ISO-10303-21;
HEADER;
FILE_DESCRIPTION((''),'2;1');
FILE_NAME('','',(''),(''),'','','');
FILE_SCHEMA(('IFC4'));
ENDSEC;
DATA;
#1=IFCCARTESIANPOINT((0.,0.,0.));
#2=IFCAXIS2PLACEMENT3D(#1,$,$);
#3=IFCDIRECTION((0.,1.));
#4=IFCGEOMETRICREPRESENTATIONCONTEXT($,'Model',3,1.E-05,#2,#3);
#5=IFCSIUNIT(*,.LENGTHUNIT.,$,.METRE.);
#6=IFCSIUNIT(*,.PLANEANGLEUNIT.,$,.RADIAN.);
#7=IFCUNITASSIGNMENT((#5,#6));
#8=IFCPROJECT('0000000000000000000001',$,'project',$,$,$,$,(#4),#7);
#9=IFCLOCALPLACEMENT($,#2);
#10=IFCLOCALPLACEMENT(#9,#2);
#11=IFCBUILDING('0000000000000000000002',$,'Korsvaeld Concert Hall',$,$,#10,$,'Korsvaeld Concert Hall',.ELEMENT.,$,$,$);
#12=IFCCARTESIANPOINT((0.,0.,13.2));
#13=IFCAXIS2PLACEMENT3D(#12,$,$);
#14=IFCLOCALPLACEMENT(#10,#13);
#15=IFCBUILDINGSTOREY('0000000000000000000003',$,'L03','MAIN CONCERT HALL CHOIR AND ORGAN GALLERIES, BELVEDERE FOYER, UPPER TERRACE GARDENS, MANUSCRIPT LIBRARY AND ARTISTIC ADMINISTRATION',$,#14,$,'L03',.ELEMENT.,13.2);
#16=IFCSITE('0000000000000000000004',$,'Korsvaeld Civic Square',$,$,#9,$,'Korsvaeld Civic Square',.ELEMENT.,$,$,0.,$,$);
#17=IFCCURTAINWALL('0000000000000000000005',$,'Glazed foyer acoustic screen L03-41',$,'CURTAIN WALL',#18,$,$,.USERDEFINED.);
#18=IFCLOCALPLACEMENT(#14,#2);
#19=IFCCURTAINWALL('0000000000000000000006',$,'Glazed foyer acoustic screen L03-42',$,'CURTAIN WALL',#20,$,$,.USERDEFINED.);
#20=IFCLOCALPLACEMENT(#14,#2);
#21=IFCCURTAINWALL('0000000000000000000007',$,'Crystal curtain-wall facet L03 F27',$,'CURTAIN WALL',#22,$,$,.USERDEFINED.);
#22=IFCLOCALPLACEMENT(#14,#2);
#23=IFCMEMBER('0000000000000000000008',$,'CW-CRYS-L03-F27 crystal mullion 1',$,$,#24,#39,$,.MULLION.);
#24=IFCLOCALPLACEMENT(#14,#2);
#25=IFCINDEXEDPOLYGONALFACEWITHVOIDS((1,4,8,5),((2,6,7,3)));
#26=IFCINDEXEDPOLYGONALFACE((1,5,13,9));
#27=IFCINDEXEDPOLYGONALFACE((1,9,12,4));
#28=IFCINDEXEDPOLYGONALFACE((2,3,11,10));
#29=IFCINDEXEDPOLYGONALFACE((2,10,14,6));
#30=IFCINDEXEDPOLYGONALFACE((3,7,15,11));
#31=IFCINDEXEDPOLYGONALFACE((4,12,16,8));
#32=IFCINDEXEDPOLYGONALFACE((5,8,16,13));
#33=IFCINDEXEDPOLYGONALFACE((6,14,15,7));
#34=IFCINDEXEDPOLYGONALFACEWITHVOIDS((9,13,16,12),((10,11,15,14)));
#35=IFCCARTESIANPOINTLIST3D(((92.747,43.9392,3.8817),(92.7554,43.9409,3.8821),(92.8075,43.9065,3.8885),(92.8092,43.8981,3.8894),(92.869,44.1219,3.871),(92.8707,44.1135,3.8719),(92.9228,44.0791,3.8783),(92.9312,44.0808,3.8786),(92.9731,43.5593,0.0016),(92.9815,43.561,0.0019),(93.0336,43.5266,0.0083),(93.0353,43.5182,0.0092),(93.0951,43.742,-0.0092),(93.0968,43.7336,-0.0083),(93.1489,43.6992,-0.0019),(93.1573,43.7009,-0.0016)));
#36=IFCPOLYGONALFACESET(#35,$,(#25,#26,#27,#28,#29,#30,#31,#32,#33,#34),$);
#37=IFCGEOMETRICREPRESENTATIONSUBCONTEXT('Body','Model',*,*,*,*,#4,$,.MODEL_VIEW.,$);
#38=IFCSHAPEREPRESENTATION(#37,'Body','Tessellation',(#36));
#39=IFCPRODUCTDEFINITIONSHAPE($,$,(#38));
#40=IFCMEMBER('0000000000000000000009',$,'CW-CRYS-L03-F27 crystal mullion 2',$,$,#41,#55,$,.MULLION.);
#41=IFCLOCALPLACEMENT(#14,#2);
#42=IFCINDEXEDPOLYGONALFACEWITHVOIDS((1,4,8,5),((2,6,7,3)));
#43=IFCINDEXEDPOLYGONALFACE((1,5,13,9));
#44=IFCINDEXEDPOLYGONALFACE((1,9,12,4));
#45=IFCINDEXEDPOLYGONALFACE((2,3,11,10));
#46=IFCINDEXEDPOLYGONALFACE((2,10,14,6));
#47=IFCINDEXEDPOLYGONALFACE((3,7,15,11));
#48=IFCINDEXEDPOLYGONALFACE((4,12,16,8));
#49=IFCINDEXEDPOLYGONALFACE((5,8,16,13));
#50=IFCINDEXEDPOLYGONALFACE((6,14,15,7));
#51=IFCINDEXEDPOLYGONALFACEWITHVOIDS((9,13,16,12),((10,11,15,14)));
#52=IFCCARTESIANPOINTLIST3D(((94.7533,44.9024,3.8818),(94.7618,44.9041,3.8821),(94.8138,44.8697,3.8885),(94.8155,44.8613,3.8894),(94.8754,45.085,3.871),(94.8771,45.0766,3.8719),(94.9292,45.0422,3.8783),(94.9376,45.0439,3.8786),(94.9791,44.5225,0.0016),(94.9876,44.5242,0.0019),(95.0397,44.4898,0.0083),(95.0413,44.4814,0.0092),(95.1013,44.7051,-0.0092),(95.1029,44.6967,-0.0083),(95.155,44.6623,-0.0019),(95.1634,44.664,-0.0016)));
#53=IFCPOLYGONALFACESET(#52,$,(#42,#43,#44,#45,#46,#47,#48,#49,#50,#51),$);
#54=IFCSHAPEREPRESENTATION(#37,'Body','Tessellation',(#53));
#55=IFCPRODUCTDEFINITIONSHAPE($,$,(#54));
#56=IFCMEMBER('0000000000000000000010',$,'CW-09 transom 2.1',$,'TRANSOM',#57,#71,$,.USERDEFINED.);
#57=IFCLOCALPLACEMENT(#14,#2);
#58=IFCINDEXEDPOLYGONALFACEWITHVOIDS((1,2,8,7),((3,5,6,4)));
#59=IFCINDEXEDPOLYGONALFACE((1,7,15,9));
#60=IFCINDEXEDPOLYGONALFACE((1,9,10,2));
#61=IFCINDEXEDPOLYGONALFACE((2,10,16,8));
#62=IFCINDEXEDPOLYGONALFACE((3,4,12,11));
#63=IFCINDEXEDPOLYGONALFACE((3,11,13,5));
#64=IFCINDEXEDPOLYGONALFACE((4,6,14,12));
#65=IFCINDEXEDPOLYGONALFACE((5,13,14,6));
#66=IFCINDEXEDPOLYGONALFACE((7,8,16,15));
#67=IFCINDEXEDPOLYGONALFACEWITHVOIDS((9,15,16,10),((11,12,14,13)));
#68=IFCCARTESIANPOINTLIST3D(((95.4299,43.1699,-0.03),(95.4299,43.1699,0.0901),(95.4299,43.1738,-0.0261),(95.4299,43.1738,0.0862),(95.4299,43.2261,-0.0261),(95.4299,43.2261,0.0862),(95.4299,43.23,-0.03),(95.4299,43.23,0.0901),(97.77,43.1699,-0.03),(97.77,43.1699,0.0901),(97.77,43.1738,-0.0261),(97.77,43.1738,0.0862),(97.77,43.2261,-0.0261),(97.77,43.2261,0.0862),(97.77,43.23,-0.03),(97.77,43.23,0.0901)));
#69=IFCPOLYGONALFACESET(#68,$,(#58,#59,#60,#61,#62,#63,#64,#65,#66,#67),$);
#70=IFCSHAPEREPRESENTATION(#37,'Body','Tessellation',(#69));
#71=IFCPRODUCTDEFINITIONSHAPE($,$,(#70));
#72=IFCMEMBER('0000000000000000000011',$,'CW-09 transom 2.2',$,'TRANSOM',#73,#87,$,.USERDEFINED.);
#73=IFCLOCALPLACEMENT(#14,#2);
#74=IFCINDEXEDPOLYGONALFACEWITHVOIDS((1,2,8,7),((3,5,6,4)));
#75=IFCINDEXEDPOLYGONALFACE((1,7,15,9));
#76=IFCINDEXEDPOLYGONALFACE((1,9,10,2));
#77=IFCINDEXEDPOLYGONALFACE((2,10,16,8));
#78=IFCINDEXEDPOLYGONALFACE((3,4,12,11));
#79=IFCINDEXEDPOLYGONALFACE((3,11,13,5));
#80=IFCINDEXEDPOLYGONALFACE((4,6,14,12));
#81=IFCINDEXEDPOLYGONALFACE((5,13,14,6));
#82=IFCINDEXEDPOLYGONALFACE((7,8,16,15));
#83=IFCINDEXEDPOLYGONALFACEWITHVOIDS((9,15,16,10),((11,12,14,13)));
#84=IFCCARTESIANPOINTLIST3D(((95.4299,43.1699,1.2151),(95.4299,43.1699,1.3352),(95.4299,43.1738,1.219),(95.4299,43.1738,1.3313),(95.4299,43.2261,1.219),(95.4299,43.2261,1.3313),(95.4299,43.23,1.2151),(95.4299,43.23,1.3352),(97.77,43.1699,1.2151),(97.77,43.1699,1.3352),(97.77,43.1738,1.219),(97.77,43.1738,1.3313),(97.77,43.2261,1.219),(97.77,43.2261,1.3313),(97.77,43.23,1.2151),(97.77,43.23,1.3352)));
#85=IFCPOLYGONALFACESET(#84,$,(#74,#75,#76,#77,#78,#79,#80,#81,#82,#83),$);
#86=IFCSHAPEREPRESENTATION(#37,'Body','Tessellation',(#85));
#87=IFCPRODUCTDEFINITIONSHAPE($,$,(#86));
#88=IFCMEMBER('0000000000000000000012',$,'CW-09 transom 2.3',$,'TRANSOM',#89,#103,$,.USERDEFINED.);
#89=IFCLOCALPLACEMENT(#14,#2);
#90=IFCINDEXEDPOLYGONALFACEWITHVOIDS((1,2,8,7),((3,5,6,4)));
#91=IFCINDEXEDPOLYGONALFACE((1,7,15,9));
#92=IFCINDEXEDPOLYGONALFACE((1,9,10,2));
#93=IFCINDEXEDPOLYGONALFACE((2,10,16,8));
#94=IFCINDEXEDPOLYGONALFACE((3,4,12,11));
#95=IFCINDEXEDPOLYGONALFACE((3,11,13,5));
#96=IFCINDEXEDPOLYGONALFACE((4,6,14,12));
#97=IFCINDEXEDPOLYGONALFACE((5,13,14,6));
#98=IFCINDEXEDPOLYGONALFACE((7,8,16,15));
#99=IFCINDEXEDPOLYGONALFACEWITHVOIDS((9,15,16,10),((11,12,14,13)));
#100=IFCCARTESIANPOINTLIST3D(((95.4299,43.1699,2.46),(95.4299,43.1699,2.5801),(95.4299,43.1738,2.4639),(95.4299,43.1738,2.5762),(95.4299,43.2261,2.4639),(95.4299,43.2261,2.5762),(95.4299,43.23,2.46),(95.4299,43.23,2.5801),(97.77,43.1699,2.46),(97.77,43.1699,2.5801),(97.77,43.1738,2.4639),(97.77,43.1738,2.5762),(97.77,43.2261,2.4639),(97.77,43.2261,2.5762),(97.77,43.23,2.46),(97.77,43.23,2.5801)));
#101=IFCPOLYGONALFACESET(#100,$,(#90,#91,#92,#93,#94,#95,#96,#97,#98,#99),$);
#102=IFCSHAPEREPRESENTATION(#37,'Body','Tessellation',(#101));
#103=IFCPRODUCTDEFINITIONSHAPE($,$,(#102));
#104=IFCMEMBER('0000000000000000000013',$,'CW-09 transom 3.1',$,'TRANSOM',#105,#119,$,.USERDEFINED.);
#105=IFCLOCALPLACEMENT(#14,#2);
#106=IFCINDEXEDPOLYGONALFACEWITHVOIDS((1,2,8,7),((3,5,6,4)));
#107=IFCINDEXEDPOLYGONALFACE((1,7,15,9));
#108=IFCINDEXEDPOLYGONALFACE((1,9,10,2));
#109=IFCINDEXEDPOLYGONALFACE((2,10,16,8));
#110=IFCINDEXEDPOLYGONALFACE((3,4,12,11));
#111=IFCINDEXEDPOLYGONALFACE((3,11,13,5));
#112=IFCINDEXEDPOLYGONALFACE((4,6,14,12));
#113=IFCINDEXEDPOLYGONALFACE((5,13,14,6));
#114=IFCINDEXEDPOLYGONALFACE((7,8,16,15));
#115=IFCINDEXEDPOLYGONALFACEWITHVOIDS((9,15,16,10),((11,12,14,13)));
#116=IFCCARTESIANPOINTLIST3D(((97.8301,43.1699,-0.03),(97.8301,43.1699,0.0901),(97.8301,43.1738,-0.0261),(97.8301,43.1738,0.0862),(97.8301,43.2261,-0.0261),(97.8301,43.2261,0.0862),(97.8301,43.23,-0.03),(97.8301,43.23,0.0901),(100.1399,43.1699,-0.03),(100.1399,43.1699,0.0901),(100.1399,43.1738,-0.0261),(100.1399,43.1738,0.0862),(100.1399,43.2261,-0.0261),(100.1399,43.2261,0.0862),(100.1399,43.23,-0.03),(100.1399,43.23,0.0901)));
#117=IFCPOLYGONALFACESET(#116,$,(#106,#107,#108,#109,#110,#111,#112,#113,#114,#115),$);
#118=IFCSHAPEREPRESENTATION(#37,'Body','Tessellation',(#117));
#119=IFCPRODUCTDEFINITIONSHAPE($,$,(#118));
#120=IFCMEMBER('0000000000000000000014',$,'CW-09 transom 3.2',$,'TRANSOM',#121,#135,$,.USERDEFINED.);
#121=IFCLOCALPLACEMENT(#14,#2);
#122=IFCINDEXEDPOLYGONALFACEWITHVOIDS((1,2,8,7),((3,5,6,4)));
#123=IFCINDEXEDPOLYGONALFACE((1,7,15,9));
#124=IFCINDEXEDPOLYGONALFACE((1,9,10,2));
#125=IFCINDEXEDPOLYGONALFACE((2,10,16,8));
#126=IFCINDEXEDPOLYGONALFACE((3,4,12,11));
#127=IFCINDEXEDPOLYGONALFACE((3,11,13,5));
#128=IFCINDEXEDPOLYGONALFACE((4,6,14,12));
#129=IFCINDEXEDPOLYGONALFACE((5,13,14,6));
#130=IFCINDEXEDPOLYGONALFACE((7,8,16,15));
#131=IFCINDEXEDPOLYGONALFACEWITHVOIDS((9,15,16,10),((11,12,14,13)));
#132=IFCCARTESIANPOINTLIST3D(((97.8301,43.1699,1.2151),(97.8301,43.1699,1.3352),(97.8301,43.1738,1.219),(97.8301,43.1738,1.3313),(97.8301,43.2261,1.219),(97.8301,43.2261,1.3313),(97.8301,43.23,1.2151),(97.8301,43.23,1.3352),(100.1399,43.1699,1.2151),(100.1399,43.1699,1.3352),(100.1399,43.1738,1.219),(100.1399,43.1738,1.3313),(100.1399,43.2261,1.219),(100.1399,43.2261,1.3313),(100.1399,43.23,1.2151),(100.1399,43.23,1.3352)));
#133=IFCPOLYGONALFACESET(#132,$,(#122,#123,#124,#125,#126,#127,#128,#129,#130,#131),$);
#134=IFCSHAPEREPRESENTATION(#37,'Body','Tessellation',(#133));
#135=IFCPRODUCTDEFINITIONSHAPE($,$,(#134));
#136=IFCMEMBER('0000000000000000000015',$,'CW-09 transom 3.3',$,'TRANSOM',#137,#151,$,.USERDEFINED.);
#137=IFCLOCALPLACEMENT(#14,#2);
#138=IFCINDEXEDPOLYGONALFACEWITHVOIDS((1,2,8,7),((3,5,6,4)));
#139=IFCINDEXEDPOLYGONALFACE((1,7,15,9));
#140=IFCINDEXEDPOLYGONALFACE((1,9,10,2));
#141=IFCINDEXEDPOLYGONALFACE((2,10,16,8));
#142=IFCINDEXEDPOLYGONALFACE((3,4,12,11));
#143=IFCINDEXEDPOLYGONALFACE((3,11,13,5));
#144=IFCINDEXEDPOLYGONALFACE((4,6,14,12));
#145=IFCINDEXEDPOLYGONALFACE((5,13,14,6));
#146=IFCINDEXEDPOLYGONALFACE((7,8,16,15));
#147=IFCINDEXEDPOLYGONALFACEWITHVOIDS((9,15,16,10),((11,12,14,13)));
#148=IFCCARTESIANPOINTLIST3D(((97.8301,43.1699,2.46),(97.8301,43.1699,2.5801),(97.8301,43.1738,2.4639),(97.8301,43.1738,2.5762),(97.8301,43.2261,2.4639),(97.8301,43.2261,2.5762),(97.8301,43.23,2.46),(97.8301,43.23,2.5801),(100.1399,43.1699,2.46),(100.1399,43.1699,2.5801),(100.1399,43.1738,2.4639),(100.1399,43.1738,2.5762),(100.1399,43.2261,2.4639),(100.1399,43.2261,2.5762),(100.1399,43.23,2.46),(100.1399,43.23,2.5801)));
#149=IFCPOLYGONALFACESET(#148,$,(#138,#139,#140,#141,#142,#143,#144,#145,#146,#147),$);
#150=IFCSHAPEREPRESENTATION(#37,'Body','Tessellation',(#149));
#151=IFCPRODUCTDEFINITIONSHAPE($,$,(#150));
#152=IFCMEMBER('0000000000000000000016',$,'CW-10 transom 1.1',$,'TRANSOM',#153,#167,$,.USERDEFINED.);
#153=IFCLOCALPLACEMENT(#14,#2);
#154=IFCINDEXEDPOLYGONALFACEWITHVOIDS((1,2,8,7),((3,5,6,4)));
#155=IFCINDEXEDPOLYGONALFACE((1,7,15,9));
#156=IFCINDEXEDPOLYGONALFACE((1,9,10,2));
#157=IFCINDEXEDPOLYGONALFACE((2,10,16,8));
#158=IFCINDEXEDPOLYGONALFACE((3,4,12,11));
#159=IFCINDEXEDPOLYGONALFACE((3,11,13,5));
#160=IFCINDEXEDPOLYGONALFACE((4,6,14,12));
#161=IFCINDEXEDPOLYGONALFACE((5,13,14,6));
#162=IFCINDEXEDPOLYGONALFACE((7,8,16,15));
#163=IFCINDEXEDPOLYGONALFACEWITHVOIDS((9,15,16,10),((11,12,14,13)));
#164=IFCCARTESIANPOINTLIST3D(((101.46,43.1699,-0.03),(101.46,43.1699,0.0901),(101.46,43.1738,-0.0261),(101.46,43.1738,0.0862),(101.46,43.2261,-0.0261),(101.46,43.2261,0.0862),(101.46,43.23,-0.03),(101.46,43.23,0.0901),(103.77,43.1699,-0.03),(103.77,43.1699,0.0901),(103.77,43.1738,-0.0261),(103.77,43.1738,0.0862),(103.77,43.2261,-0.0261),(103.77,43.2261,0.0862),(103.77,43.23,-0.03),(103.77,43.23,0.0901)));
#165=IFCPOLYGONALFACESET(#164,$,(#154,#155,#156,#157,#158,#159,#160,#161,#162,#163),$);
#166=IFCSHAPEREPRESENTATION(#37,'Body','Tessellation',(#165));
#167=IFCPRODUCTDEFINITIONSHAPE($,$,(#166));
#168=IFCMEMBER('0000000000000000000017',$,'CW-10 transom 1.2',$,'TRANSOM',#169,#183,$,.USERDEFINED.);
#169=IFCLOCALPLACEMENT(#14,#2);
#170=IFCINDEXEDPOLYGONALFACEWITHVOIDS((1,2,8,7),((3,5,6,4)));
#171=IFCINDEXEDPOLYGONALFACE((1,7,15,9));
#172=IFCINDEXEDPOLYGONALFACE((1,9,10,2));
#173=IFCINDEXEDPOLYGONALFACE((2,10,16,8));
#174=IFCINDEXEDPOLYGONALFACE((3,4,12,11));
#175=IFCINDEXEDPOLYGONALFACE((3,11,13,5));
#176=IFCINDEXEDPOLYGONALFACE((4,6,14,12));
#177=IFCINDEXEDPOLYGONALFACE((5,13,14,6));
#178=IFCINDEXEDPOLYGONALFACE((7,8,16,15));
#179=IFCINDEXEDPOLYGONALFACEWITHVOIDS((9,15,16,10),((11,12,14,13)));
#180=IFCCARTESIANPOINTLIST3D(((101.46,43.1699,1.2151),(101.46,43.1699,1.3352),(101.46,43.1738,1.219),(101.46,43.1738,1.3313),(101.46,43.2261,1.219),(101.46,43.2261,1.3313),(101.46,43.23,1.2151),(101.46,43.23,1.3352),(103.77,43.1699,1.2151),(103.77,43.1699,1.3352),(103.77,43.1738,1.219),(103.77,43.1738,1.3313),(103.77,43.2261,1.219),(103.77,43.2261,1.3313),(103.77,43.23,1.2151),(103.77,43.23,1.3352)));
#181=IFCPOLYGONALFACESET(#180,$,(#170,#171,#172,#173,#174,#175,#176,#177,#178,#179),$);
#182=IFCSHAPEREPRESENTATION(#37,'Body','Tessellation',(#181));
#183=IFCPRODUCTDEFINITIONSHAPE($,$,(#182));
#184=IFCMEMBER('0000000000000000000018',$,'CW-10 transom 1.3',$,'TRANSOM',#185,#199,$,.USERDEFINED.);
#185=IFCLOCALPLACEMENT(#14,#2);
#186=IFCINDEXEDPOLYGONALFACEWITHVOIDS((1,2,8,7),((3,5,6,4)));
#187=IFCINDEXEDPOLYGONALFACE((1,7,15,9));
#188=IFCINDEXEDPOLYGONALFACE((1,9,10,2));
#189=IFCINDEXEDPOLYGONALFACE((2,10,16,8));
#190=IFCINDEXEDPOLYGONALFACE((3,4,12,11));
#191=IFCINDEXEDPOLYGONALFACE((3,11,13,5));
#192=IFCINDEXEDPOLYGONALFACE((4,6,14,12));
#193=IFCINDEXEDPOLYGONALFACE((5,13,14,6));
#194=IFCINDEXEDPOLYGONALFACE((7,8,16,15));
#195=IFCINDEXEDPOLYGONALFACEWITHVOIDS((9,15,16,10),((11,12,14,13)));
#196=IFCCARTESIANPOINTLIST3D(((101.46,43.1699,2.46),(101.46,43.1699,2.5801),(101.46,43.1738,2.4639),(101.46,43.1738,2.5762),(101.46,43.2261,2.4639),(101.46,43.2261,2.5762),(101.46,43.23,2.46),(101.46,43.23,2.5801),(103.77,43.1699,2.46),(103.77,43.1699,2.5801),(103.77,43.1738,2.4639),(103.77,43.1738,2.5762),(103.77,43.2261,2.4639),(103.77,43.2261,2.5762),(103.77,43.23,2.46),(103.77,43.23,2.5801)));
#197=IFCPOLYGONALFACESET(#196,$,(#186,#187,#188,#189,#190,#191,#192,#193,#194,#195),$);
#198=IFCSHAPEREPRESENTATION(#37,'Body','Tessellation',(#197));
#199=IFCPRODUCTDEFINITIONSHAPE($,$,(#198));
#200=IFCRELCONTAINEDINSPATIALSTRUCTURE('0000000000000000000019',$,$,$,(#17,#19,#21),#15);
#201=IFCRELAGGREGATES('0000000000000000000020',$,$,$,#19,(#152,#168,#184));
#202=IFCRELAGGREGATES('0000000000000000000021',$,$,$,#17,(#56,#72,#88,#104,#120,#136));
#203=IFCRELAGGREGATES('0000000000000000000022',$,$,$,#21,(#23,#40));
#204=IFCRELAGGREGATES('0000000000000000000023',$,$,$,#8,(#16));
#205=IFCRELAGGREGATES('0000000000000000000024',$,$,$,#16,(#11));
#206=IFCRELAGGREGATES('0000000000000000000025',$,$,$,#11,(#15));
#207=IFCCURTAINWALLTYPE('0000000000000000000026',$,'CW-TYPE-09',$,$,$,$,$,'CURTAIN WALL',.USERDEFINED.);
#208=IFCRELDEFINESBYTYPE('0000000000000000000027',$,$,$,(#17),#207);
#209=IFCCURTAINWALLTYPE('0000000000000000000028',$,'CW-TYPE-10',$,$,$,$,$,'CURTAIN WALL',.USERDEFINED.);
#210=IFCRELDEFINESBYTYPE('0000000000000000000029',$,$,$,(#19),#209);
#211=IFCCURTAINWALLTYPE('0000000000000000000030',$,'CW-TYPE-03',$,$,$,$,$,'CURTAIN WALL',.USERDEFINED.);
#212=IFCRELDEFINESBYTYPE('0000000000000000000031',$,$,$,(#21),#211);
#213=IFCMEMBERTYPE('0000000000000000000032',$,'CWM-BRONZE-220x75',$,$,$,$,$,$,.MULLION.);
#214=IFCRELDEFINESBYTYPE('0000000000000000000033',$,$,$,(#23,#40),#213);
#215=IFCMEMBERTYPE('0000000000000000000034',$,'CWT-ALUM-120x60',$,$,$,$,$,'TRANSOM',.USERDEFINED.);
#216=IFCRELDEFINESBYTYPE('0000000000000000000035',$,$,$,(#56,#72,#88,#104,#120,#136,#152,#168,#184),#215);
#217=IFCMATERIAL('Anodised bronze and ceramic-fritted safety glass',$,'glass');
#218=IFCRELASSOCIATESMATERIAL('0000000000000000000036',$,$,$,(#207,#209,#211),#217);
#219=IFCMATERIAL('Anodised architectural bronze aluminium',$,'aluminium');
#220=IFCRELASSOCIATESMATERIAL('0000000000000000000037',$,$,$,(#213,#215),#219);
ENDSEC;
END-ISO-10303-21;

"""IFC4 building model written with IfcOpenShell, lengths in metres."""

from ifc_helpers import new_model, si_unit, direction, frame, origin, origin_2d, place, context, subcontext, project, spatial, hollow_rectangle, extrude, material, material_profile, profile_set, type_object, element, aggregate, save


model = new_model("IFC4")

# Units and contexts
model_context = context("Model", 3, precision=1e-05, world=origin(), true_north=direction((0.0, 1.0)))
body_context = subcontext(model_context, "Body", "Model", "MODEL_VIEW")
ifc_project = project(units=[si_unit("LENGTHUNIT", "METRE"), si_unit("PLANEANGLEUNIT", "RADIAN")], contexts=[model_context])

# Site, building, storey
site_placement = place(None, origin())
site = spatial("IfcSite", under=ifc_project, at=site_placement, Name="Korsvaeld Civic Square", LongName="Korsvaeld Civic Square", CompositionType="ELEMENT", RefElevation=0.0)
building_placement = place(site_placement, origin())
building = spatial("IfcBuilding", under=site, at=building_placement, Name="Korsvaeld Concert Hall", LongName="Korsvaeld Concert Hall", CompositionType="ELEMENT")
storey_placement = place(building_placement, frame((0.0, 0.0, 13.2)))
storey = spatial("IfcBuildingStorey", under=building, at=storey_placement, Name="L03", Description="MAIN CONCERT HALL CHOIR AND ORGAN GALLERIES, BELVEDERE FOYER, UPPER TERRACE GARDENS, MANUSCRIPT LIBRARY AND ARTISTIC ADMINISTRATION", LongName="L03", CompositionType="ELEMENT", Elevation=13.2)

# Curtain wall
ifc_material_1 = material(Name="Anodised bronze and ceramic-fritted safety glass", Category="glass")
curtain_wall_type_1 = type_object("IfcCurtainWallType", Name="CW-TYPE-09", ElementType="CURTAIN WALL", PredefinedType="USERDEFINED", material=ifc_material_1)
curtain_wall_1_placement = place(storey_placement, origin())
curtain_wall_1 = element("IfcCurtainWall", 1, at=curtain_wall_1_placement, inside=storey, type_object=curtain_wall_type_1, Name="Glazed foyer acoustic screen L03-41", ObjectType="CURTAIN WALL", PredefinedType="USERDEFINED")
ifc_material_2 = material(Name="Anodised architectural bronze aluminium", Category="aluminium")

# Curtain wall
curtain_wall_type_2 = type_object("IfcCurtainWallType", Name="CW-TYPE-10", ElementType="CURTAIN WALL", PredefinedType="USERDEFINED", material=ifc_material_1)
curtain_wall_2_placement = place(storey_placement, origin())
curtain_wall_2 = element("IfcCurtainWall", 2, at=curtain_wall_2_placement, inside=storey, type_object=curtain_wall_type_2, Name="Glazed foyer acoustic screen L03-42", ObjectType="CURTAIN WALL", PredefinedType="USERDEFINED")

# Curtain wall, members
curtain_wall_type_3 = type_object("IfcCurtainWallType", Name="CW-TYPE-03", ElementType="CURTAIN WALL", PredefinedType="USERDEFINED", material=ifc_material_1)
curtain_wall_3_placement = place(storey_placement, origin())
curtain_wall_3 = element("IfcCurtainWall", 3, at=curtain_wall_3_placement, inside=storey, type_object=curtain_wall_type_3, Name="Crystal curtain-wall facet L03 F27", ObjectType="CURTAIN WALL", PredefinedType="USERDEFINED")
ifc_material_profile_1 = material_profile(ifc_material_2, hollow_rectangle(XDim=0.075, YDim=0.22, WallThickness=0.0061, at=origin_2d()), Name="CWM 220x75x6")
ifc_profile_set_1 = profile_set([ifc_material_profile_1], Name="Anodised architectural bronze aluminium")
member_type_1 = type_object("IfcMemberType", Name="CWM-BRONZE-220x75", PredefinedType="MULLION", material=ifc_profile_set_1)
member_1_placement = place(storey_placement, frame((93.0652, 43.6301, 0.0), z_axis=(-0.05789, 0.097275, 0.993572), x_axis=(0.83, -0.54835, 0.102046)))
member_1 = element("IfcMember", 4, at=member_1_placement, type_object=member_type_1, Name="CW-CRYS-L03-F27 crystal mullion 1", PredefinedType="MULLION", context=body_context, shape_type="SweptSolid", body=[
    extrude(hollow_rectangle(XDim=0.075, YDim=0.22, WallThickness=0.0061, at=origin_2d()), origin(), (0.0, 0.0, 1.0), 3.9053),
])
member_2_placement = place(storey_placement, frame((95.0713, 44.5933, 0.0), z_axis=(-0.057828, 0.097276, 0.993576), x_axis=(0.829741, -0.548747, 0.102017)))
member_2 = element("IfcMember", 5, at=member_2_placement, type_object=member_type_1, Name="CW-CRYS-L03-F27 crystal mullion 2", PredefinedType="MULLION", context=body_context, shape_type="SweptSolid", body=[
    extrude(hollow_rectangle(XDim=0.075, YDim=0.22, WallThickness=0.0061, at=origin_2d()), origin(), (0.0, 0.0, 1.0), 3.9053),
])

# Members
ifc_material_profile_2 = material_profile(ifc_material_2, hollow_rectangle(XDim=0.0601, YDim=0.1201, WallThickness=0.0039, at=origin_2d()), Name="CWT 120x60x4")
ifc_profile_set_2 = profile_set([ifc_material_profile_2], Name="Anodised architectural bronze aluminium")
member_type_2 = type_object("IfcMemberType", Name="CWT-ALUM-120x60", ElementType="TRANSOM", PredefinedType="USERDEFINED", material=ifc_profile_set_2)
member_3_placement = place(storey_placement, frame((95.4299, 43.2, 0.03), z_axis=(1.0, 0.0, 0.0), x_axis=(0.0, 1.0, 0.0)))
member_3 = element("IfcMember", 6, at=member_3_placement, type_object=member_type_2, Name="CW-09 transom 2.1", ObjectType="TRANSOM", PredefinedType="USERDEFINED", context=body_context, shape_type="SweptSolid", body=[
    extrude(hollow_rectangle(XDim=0.0601, YDim=0.1201, WallThickness=0.0039, at=origin_2d()), origin(), (0.0, 0.0, 1.0), 2.3401),
])
member_4_placement = place(storey_placement, frame((95.4299, 43.2, 1.2751), z_axis=(1.0, 0.0, 0.0), x_axis=(0.0, 1.0, 0.0)))
member_4 = element("IfcMember", 7, at=member_4_placement, type_object=member_type_2, Name="CW-09 transom 2.2", ObjectType="TRANSOM", PredefinedType="USERDEFINED", context=body_context, shape_type="SweptSolid", body=[
    extrude(hollow_rectangle(XDim=0.0601, YDim=0.1201, WallThickness=0.0039, at=origin_2d()), origin(), (0.0, 0.0, 1.0), 2.3401),
])
member_5_placement = place(storey_placement, frame((95.4299, 43.2, 2.52), z_axis=(1.0, 0.0, 0.0), x_axis=(0.0, 1.0, 0.0)))
member_5 = element("IfcMember", 8, at=member_5_placement, type_object=member_type_2, Name="CW-09 transom 2.3", ObjectType="TRANSOM", PredefinedType="USERDEFINED", context=body_context, shape_type="SweptSolid", body=[
    extrude(hollow_rectangle(XDim=0.0601, YDim=0.1201, WallThickness=0.0039, at=origin_2d()), origin(), (0.0, 0.0, 1.0), 2.3401),
])
member_6_placement = place(storey_placement, frame((97.8301, 43.2, 0.03), z_axis=(1.0, 0.0, 0.0), x_axis=(0.0, 1.0, 0.0)))
member_6 = element("IfcMember", 9, at=member_6_placement, type_object=member_type_2, Name="CW-09 transom 3.1", ObjectType="TRANSOM", PredefinedType="USERDEFINED", context=body_context, shape_type="SweptSolid", body=[
    extrude(hollow_rectangle(XDim=0.0601, YDim=0.1201, WallThickness=0.0039, at=origin_2d()), origin(), (0.0, 0.0, 1.0), 2.3098),
])
member_7_placement = place(storey_placement, frame((97.8301, 43.2, 1.2751), z_axis=(1.0, 0.0, 0.0), x_axis=(0.0, 1.0, 0.0)))
member_7 = element("IfcMember", 10, at=member_7_placement, type_object=member_type_2, Name="CW-09 transom 3.2", ObjectType="TRANSOM", PredefinedType="USERDEFINED", context=body_context, shape_type="SweptSolid", body=[
    extrude(hollow_rectangle(XDim=0.0601, YDim=0.1201, WallThickness=0.0039, at=origin_2d()), origin(), (0.0, 0.0, 1.0), 2.3098),
])
member_8_placement = place(storey_placement, frame((97.8301, 43.2, 2.52), z_axis=(1.0, 0.0, 0.0), x_axis=(0.0, 1.0, 0.0)))
member_8 = element("IfcMember", 11, at=member_8_placement, type_object=member_type_2, Name="CW-09 transom 3.3", ObjectType="TRANSOM", PredefinedType="USERDEFINED", context=body_context, shape_type="SweptSolid", body=[
    extrude(hollow_rectangle(XDim=0.0601, YDim=0.1201, WallThickness=0.0039, at=origin_2d()), origin(), (0.0, 0.0, 1.0), 2.3098),
])
member_9_placement = place(storey_placement, frame((101.46, 43.2, 0.03), z_axis=(1.0, 0.0, 0.0), x_axis=(0.0, 1.0, 0.0)))
member_9 = element("IfcMember", 12, at=member_9_placement, type_object=member_type_2, Name="CW-10 transom 1.1", ObjectType="TRANSOM", PredefinedType="USERDEFINED", context=body_context, shape_type="SweptSolid", body=[
    extrude(hollow_rectangle(XDim=0.0601, YDim=0.1201, WallThickness=0.0039, at=origin_2d()), origin(), (0.0, 0.0, 1.0), 2.3101),
])
member_10_placement = place(storey_placement, frame((101.46, 43.2, 1.2751), z_axis=(1.0, 0.0, 0.0), x_axis=(0.0, 1.0, 0.0)))
member_10 = element("IfcMember", 13, at=member_10_placement, type_object=member_type_2, Name="CW-10 transom 1.2", ObjectType="TRANSOM", PredefinedType="USERDEFINED", context=body_context, shape_type="SweptSolid", body=[
    extrude(hollow_rectangle(XDim=0.0601, YDim=0.1201, WallThickness=0.0039, at=origin_2d()), origin(), (0.0, 0.0, 1.0), 2.3101),
])
member_11_placement = place(storey_placement, frame((101.46, 43.2, 2.52), z_axis=(1.0, 0.0, 0.0), x_axis=(0.0, 1.0, 0.0)))
member_11 = element("IfcMember", 14, at=member_11_placement, type_object=member_type_2, Name="CW-10 transom 1.3", ObjectType="TRANSOM", PredefinedType="USERDEFINED", context=body_context, shape_type="SweptSolid", body=[
    extrude(hollow_rectangle(XDim=0.0601, YDim=0.1201, WallThickness=0.0039, at=origin_2d()), origin(), (0.0, 0.0, 1.0), 2.3101),
])
aggregate(curtain_wall_2, [member_9, member_10, member_11])

aggregate(curtain_wall_1, [member_3, member_4, member_5, member_6, member_7, member_8])
aggregate(curtain_wall_3, [member_1, member_2])

save(model, "model.ifc")
